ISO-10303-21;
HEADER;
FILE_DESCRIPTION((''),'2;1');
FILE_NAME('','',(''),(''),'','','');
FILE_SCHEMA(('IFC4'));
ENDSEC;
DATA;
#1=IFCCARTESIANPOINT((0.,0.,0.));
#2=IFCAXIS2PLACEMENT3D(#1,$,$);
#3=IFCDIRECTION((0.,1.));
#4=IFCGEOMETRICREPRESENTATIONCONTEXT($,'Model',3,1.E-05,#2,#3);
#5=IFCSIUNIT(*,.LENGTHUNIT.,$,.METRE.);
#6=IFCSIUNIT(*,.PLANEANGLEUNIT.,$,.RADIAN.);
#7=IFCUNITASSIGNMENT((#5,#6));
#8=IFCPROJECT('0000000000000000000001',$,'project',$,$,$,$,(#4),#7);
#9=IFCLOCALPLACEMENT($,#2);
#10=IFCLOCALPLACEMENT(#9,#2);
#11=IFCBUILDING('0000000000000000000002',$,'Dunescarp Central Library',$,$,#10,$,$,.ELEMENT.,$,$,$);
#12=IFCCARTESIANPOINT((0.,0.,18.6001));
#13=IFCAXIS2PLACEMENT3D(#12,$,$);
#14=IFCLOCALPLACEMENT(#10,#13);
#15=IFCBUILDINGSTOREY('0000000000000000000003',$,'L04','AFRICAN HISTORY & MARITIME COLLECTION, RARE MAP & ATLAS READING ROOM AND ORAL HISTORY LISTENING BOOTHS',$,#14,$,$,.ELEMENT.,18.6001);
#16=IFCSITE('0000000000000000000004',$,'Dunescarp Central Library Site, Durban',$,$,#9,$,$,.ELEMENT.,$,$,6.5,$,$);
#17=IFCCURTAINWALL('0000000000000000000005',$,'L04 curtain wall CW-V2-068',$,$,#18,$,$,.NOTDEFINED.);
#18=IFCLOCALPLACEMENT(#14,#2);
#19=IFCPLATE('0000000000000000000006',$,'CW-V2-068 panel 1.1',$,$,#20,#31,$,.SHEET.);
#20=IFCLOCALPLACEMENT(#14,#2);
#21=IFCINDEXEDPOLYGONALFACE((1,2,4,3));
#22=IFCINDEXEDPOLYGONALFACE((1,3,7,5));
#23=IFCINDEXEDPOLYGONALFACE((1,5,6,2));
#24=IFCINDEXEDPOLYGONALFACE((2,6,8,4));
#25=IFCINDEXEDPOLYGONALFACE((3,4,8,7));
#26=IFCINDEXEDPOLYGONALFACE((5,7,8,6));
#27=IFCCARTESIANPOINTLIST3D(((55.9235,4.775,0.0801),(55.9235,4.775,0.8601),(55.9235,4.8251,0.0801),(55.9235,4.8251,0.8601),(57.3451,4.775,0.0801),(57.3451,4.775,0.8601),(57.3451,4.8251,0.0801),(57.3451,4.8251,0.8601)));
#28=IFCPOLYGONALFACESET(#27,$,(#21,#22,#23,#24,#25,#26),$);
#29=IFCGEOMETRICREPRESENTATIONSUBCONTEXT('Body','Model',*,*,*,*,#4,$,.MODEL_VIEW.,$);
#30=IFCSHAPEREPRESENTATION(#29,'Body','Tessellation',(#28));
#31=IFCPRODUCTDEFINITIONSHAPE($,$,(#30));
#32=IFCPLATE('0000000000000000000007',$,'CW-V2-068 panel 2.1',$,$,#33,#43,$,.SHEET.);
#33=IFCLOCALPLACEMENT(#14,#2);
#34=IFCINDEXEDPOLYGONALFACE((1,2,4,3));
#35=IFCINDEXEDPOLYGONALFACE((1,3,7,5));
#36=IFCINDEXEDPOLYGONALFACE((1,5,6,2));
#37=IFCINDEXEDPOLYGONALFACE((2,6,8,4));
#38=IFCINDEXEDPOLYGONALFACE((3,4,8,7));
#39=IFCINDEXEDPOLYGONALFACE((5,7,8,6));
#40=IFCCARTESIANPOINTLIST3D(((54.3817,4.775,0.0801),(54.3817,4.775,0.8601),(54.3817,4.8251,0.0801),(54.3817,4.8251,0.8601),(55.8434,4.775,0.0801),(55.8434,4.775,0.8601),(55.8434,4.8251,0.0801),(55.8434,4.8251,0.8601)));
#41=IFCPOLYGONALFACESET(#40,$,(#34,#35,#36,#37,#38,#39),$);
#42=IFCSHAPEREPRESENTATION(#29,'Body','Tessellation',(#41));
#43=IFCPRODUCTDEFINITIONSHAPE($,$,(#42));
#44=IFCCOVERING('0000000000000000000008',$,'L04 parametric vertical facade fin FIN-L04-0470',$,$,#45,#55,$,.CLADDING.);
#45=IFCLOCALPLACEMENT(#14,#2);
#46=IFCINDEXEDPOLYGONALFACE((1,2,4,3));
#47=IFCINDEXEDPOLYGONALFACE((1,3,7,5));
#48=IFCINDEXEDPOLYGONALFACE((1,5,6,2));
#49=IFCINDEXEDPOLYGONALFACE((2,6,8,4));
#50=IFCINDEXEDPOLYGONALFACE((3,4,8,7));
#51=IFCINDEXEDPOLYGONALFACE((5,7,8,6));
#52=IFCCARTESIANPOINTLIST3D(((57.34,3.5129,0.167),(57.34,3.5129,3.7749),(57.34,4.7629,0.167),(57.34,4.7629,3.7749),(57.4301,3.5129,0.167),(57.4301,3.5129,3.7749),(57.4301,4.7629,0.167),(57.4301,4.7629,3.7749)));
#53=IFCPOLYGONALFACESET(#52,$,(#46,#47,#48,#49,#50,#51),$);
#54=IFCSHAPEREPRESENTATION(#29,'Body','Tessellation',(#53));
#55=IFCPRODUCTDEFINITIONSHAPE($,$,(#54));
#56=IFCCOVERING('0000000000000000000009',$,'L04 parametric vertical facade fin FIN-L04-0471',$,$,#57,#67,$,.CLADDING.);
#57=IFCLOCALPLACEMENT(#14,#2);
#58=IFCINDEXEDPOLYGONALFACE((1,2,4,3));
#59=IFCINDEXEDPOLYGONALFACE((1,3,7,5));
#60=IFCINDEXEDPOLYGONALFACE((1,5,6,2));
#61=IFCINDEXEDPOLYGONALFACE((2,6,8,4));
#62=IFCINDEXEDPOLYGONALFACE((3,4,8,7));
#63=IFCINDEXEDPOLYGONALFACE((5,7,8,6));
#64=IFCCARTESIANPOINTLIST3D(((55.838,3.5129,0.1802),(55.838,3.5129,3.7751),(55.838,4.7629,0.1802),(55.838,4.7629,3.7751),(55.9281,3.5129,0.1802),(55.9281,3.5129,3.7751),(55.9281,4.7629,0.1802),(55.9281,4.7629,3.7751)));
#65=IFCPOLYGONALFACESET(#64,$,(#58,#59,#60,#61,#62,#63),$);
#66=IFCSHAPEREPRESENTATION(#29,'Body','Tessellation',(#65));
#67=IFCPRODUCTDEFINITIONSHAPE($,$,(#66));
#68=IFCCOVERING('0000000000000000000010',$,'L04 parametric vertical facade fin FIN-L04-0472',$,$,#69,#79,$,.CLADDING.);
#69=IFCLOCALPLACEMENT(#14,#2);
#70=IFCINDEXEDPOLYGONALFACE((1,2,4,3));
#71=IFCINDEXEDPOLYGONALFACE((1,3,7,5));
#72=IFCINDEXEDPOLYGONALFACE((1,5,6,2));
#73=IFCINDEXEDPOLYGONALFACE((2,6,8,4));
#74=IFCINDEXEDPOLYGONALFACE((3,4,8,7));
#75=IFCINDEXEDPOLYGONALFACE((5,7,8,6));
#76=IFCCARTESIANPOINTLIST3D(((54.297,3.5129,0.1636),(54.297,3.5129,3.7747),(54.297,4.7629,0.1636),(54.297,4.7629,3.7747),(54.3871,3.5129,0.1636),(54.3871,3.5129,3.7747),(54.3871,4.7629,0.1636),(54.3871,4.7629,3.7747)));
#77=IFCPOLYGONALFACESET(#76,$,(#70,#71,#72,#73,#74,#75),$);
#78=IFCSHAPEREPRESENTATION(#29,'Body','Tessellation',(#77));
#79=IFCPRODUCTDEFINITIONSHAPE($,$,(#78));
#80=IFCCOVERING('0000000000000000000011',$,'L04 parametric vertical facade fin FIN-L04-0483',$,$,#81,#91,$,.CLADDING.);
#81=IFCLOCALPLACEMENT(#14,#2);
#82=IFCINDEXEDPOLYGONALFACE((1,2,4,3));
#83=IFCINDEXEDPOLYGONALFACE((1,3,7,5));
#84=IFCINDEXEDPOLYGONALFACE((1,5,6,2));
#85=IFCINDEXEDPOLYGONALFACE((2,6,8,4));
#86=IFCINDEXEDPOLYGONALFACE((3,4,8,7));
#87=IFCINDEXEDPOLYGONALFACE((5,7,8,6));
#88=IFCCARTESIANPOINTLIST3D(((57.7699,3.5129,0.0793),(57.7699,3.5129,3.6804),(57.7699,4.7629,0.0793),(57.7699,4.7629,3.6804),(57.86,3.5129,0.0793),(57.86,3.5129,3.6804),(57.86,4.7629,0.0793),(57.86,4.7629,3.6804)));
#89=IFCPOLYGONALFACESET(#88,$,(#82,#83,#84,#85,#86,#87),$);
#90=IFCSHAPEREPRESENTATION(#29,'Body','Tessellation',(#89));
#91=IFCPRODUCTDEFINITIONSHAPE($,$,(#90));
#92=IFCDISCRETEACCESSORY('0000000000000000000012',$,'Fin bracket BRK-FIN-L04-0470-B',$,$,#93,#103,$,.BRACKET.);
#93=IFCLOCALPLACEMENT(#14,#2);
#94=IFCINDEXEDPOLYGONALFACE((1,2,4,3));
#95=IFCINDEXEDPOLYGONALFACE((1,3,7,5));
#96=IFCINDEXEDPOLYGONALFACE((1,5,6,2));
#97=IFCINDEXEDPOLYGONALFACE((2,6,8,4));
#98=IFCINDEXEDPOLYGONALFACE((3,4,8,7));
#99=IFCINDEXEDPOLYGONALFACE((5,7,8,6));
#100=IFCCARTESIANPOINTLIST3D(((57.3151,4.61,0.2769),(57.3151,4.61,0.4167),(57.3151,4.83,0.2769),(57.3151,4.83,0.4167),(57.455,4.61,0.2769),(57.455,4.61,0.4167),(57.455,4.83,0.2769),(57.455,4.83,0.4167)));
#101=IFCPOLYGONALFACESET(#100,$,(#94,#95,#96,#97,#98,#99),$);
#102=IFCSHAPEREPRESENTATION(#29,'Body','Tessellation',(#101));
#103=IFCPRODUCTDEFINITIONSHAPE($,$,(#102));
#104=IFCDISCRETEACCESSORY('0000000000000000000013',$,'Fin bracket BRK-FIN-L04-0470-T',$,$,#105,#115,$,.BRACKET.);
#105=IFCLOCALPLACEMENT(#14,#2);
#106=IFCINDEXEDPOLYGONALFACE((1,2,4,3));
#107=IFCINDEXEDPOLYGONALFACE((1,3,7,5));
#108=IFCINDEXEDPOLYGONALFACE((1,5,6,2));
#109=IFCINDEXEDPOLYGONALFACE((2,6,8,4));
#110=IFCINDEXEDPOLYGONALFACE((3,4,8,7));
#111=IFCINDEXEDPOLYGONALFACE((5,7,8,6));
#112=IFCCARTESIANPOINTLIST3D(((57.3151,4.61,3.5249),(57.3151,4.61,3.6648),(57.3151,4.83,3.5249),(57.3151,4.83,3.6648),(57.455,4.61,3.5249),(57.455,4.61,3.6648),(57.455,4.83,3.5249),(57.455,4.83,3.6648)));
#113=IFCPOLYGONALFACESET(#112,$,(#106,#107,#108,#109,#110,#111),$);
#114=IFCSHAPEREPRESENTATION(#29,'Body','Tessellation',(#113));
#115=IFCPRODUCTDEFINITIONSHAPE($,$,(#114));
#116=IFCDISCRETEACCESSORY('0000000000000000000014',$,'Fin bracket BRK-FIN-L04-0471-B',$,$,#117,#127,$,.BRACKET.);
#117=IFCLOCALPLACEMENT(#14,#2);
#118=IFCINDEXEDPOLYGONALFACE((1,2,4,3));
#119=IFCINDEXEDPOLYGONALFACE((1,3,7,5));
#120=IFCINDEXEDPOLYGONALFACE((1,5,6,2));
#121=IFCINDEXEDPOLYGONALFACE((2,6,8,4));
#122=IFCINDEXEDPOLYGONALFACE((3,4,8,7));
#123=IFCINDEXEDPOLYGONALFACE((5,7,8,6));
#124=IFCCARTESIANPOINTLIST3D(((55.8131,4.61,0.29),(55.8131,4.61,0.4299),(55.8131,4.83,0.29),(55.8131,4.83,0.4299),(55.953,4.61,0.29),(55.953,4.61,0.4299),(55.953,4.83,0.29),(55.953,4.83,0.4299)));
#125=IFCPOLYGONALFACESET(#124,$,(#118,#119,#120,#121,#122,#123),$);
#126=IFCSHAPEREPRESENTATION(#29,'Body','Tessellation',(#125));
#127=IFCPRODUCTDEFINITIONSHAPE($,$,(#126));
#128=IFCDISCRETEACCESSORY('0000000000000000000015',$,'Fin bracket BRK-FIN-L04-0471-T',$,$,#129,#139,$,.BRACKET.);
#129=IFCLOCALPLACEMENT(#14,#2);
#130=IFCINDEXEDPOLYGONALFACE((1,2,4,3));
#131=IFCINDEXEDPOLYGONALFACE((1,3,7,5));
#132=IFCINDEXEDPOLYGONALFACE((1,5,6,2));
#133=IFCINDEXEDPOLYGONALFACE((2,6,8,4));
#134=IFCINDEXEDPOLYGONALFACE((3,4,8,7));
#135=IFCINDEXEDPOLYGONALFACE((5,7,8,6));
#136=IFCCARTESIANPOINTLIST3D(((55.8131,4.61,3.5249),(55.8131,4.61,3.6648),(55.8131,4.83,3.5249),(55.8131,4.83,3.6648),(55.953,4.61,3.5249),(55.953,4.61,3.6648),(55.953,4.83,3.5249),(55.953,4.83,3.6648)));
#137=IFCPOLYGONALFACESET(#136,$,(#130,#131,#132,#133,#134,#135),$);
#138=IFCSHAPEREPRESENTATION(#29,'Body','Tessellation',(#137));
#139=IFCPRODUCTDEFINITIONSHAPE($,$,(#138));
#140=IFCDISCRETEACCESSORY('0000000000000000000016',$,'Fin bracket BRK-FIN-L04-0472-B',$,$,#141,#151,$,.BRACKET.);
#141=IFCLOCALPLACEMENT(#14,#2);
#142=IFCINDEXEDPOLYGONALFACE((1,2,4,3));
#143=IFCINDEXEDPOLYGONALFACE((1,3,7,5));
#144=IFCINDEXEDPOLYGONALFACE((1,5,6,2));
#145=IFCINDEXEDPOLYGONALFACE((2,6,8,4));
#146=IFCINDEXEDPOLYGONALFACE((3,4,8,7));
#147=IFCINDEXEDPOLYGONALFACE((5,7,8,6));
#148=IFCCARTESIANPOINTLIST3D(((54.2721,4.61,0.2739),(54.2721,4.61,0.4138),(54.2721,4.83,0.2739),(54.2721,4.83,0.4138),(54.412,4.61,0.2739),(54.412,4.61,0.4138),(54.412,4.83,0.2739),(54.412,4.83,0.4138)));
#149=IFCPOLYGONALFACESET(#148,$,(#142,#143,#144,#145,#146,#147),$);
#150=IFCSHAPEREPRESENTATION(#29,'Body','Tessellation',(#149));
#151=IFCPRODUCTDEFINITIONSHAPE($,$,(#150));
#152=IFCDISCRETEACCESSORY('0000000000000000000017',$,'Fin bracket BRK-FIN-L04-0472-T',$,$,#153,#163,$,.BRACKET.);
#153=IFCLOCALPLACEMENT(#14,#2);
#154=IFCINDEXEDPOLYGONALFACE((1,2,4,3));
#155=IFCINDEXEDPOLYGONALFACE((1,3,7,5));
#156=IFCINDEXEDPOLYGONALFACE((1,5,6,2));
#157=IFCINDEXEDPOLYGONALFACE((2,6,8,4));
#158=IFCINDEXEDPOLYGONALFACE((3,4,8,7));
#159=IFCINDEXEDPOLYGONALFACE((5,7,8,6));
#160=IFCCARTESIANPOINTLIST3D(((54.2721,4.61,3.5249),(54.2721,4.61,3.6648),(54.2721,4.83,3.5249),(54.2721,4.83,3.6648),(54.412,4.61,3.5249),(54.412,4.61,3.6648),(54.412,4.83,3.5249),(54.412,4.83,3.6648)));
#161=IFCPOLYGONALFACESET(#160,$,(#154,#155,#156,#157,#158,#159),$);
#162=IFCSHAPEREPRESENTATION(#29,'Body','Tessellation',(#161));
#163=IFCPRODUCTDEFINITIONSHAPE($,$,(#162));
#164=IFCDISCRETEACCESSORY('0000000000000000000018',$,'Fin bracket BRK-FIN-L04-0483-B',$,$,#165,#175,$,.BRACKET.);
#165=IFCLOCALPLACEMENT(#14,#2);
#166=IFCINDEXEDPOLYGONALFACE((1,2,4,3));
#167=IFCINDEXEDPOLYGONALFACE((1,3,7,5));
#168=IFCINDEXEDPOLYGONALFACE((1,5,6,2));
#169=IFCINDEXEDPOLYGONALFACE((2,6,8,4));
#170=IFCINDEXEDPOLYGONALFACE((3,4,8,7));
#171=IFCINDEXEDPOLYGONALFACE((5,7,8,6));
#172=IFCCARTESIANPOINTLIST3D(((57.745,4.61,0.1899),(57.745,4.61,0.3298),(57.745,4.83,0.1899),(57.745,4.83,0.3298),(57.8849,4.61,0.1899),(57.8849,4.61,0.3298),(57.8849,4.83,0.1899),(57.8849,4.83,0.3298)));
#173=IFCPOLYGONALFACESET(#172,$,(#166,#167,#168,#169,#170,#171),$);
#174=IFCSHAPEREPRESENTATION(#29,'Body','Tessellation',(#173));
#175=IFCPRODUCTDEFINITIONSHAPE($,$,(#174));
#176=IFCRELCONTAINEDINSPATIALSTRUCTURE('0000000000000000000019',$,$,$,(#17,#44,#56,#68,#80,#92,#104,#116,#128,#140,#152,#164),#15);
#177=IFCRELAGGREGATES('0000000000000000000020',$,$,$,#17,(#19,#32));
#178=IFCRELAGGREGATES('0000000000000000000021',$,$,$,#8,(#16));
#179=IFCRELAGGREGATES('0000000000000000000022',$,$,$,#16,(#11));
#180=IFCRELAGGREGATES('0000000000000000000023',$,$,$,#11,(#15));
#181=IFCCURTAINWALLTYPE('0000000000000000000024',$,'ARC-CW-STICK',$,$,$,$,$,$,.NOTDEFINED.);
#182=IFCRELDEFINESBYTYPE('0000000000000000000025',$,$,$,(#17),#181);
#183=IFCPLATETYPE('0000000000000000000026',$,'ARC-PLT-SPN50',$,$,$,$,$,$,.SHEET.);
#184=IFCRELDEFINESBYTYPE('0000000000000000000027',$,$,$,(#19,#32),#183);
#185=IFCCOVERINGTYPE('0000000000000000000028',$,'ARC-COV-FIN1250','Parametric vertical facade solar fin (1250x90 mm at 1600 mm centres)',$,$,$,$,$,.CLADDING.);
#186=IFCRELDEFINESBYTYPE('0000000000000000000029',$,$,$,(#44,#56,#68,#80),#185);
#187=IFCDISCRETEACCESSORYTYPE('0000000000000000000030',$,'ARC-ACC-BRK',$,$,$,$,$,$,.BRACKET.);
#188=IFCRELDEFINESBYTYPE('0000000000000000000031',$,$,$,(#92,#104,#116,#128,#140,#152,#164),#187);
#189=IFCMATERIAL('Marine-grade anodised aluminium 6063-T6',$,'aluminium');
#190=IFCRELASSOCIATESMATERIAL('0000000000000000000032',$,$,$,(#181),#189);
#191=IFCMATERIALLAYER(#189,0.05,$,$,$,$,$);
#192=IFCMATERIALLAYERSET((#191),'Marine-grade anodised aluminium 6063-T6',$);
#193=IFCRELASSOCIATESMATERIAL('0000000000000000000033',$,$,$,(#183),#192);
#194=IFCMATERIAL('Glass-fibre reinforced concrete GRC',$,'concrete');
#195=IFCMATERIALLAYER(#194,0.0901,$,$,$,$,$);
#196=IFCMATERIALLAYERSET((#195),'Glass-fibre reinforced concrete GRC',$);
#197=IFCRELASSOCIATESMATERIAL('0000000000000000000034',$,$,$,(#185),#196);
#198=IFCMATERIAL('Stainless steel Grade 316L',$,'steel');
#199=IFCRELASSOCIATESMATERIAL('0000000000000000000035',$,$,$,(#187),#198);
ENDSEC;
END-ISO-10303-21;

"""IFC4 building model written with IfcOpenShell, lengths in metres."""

from ifc_helpers import new_model, si_unit, direction, frame, origin, origin_2d, place, context, subcontext, project, spatial, rectangle, extrude, material, layer, layer_set, type_object, element, aggregate, save


model = new_model("IFC4")

# Units and contexts
model_context = context("Model", 3, precision=1e-05, world=origin(), true_north=direction((0.0, 1.0)))
body_context = subcontext(model_context, "Body", "Model", "MODEL_VIEW")
ifc_project = project(units=[si_unit("LENGTHUNIT", "METRE"), si_unit("PLANEANGLEUNIT", "RADIAN")], contexts=[model_context])

# Site, building, storey
site_placement = place(None, origin())
site = spatial("IfcSite", under=ifc_project, at=site_placement, Name="Dunescarp Central Library Site, Durban", CompositionType="ELEMENT", RefElevation=6.5)
building_placement = place(site_placement, origin())
building = spatial("IfcBuilding", under=site, at=building_placement, Name="Dunescarp Central Library", CompositionType="ELEMENT")
storey_placement = place(building_placement, frame((0.0, 0.0, 18.6001)))
storey = spatial("IfcBuildingStorey", under=building, at=storey_placement, Name="L04", Description="AFRICAN HISTORY & MARITIME COLLECTION, RARE MAP & ATLAS READING ROOM AND ORAL HISTORY LISTENING BOOTHS", CompositionType="ELEMENT", Elevation=18.6001)

# Curtain wall
ifc_material_1 = material(Name="Marine-grade anodised aluminium 6063-T6", Category="aluminium")
curtain_wall_type = type_object("IfcCurtainWallType", Name="ARC-CW-STICK", PredefinedType="NOTDEFINED", material=ifc_material_1)
curtain_wall_placement = place(storey_placement, origin())
curtain_wall = element("IfcCurtainWall", 1, at=curtain_wall_placement, inside=storey, type_object=curtain_wall_type, Name="L04 curtain wall CW-V2-068", PredefinedType="NOTDEFINED")

# Plates
ifc_layer_1 = layer(ifc_material_1, 0.05)
ifc_layer_set_1 = layer_set([ifc_layer_1], Name="Marine-grade anodised aluminium 6063-T6")
plate_type_1 = type_object("IfcPlateType", Name="ARC-PLT-SPN50", PredefinedType="SHEET", material=ifc_layer_set_1)
plate_1_placement = place(storey_placement, frame((56.6343, 4.8, 0.0801), z_axis=(0.0, 0.0, 1.0), x_axis=(-1.0, 0.0, 0.0)))
plate_1 = element("IfcPlate", 2, at=plate_1_placement, type_object=plate_type_1, Name="CW-V2-068 panel 1.1", PredefinedType="SHEET", context=body_context, shape_type="SweptSolid", body=[
    extrude(rectangle(XDim=1.4216, YDim=0.05, at=origin_2d()), origin(), (0.0, 0.0, 1.0), 0.78),
])
plate_2_placement = place(storey_placement, frame((55.1125, 4.8, 0.0801), z_axis=(0.0, 0.0, 1.0), x_axis=(-1.0, 0.0, 0.0)))
plate_2 = element("IfcPlate", 3, at=plate_2_placement, type_object=plate_type_1, Name="CW-V2-068 panel 2.1", PredefinedType="SHEET", context=body_context, shape_type="SweptSolid", body=[
    extrude(rectangle(XDim=1.4617, YDim=0.05, at=origin_2d()), origin(), (0.0, 0.0, 1.0), 0.78),
])
aggregate(curtain_wall, [plate_1, plate_2])

# Coverings
ifc_material_2 = material(Name="Glass-fibre reinforced concrete GRC", Category="concrete")
ifc_layer_2 = layer(ifc_material_2, 0.0901)
ifc_layer_set_2 = layer_set([ifc_layer_2], Name="Glass-fibre reinforced concrete GRC")
covering_type = type_object("IfcCoveringType", Name="ARC-COV-FIN1250", Description="Parametric vertical facade solar fin (1250x90 mm at 1600 mm centres)", PredefinedType="CLADDING", material=ifc_layer_set_2)
covering_1_placement = place(storey_placement, frame((57.385, 4.1379, 0.167), z_axis=(0.0, 0.0, 1.0), x_axis=(0.0, -1.0, 0.0)))
element("IfcCovering", 4, at=covering_1_placement, inside=storey, type_object=covering_type, Name="L04 parametric vertical facade fin FIN-L04-0470", PredefinedType="CLADDING", context=body_context, shape_type="SweptSolid", body=[
    extrude(rectangle(XDim=1.25, YDim=0.0901, at=origin_2d()), origin(), (0.0, 0.0, 1.0), 3.6079),
])
covering_2_placement = place(storey_placement, frame((55.8831, 4.1379, 0.1802), z_axis=(0.0, 0.0, 1.0), x_axis=(0.0, -1.0, 0.0)))
element("IfcCovering", 5, at=covering_2_placement, inside=storey, type_object=covering_type, Name="L04 parametric vertical facade fin FIN-L04-0471", PredefinedType="CLADDING", context=body_context, shape_type="SweptSolid", body=[
    extrude(rectangle(XDim=1.25, YDim=0.0901, at=origin_2d()), origin(), (0.0, 0.0, 1.0), 3.595),
])
covering_3_placement = place(storey_placement, frame((54.342, 4.1379, 0.1636), z_axis=(0.0, 0.0, 1.0), x_axis=(0.0, -1.0, 0.0)))
element("IfcCovering", 6, at=covering_3_placement, inside=storey, type_object=covering_type, Name="L04 parametric vertical facade fin FIN-L04-0472", PredefinedType="CLADDING", context=body_context, shape_type="SweptSolid", body=[
    extrude(rectangle(XDim=1.25, YDim=0.0901, at=origin_2d()), origin(), (0.0, 0.0, 1.0), 3.6111),
])
covering_4_placement = place(storey_placement, frame((57.8149, 4.1379, 0.0793), z_axis=(0.0, 0.0, 1.0), x_axis=(0.0, -1.0, 0.0)))
element("IfcCovering", 7, at=covering_4_placement, inside=storey, type_object=covering_type, Name="L04 parametric vertical facade fin FIN-L04-0483", PredefinedType="CLADDING", context=body_context, shape_type="SweptSolid", body=[
    extrude(rectangle(XDim=1.25, YDim=0.0901, at=origin_2d()), origin(), (0.0, 0.0, 1.0), 3.6011),
])

# Discrete accessories
ifc_material_3 = material(Name="Stainless steel Grade 316L", Category="steel")
discrete_accessory_type = type_object("IfcDiscreteAccessoryType", Name="ARC-ACC-BRK", PredefinedType="BRACKET", material=ifc_material_3)
for number, where, z_axis, x_axis, name in (
    (8, (57.385, 4.72, 0.2769), (0.0, 0.0, 1.0), (0.0, -1.0, 0.0), "Fin bracket BRK-FIN-L04-0470-B"),
    (9, (57.385, 4.72, 3.5249), (0.0, 0.0, 1.0), (0.0, -1.0, 0.0), "Fin bracket BRK-FIN-L04-0470-T"),
    (10, (55.8831, 4.72, 0.29), (0.0, 0.0, 1.0), (0.0, -1.0, 0.0), "Fin bracket BRK-FIN-L04-0471-B"),
    (11, (55.8831, 4.72, 3.5249), (0.0, 0.0, 1.0), (0.0, -1.0, 0.0), "Fin bracket BRK-FIN-L04-0471-T"),
    (12, (54.342, 4.72, 0.2739), (0.0, 0.0, 1.0), (0.0, -1.0, 0.0), "Fin bracket BRK-FIN-L04-0472-B"),
    (13, (54.342, 4.72, 3.5249), (0.0, 0.0, 1.0), (0.0, -1.0, 0.0), "Fin bracket BRK-FIN-L04-0472-T"),
    (14, (57.8149, 4.72, 0.1899), (0.0, 0.0, 1.0), (0.0, -1.0, 0.0), "Fin bracket BRK-FIN-L04-0483-B"),
):
    element("IfcDiscreteAccessory", number, at=place(storey_placement, frame(where, z_axis=z_axis, x_axis=x_axis)), inside=storey, type_object=discrete_accessory_type, Name=name, PredefinedType="BRACKET", context=body_context, shape_type="SweptSolid", body=[
        extrude(rectangle(XDim=0.22, YDim=0.1399, at=origin_2d()), origin(), (0.0, 0.0, 1.0), 0.1399),
    ])

save(model, "model.ifc")
